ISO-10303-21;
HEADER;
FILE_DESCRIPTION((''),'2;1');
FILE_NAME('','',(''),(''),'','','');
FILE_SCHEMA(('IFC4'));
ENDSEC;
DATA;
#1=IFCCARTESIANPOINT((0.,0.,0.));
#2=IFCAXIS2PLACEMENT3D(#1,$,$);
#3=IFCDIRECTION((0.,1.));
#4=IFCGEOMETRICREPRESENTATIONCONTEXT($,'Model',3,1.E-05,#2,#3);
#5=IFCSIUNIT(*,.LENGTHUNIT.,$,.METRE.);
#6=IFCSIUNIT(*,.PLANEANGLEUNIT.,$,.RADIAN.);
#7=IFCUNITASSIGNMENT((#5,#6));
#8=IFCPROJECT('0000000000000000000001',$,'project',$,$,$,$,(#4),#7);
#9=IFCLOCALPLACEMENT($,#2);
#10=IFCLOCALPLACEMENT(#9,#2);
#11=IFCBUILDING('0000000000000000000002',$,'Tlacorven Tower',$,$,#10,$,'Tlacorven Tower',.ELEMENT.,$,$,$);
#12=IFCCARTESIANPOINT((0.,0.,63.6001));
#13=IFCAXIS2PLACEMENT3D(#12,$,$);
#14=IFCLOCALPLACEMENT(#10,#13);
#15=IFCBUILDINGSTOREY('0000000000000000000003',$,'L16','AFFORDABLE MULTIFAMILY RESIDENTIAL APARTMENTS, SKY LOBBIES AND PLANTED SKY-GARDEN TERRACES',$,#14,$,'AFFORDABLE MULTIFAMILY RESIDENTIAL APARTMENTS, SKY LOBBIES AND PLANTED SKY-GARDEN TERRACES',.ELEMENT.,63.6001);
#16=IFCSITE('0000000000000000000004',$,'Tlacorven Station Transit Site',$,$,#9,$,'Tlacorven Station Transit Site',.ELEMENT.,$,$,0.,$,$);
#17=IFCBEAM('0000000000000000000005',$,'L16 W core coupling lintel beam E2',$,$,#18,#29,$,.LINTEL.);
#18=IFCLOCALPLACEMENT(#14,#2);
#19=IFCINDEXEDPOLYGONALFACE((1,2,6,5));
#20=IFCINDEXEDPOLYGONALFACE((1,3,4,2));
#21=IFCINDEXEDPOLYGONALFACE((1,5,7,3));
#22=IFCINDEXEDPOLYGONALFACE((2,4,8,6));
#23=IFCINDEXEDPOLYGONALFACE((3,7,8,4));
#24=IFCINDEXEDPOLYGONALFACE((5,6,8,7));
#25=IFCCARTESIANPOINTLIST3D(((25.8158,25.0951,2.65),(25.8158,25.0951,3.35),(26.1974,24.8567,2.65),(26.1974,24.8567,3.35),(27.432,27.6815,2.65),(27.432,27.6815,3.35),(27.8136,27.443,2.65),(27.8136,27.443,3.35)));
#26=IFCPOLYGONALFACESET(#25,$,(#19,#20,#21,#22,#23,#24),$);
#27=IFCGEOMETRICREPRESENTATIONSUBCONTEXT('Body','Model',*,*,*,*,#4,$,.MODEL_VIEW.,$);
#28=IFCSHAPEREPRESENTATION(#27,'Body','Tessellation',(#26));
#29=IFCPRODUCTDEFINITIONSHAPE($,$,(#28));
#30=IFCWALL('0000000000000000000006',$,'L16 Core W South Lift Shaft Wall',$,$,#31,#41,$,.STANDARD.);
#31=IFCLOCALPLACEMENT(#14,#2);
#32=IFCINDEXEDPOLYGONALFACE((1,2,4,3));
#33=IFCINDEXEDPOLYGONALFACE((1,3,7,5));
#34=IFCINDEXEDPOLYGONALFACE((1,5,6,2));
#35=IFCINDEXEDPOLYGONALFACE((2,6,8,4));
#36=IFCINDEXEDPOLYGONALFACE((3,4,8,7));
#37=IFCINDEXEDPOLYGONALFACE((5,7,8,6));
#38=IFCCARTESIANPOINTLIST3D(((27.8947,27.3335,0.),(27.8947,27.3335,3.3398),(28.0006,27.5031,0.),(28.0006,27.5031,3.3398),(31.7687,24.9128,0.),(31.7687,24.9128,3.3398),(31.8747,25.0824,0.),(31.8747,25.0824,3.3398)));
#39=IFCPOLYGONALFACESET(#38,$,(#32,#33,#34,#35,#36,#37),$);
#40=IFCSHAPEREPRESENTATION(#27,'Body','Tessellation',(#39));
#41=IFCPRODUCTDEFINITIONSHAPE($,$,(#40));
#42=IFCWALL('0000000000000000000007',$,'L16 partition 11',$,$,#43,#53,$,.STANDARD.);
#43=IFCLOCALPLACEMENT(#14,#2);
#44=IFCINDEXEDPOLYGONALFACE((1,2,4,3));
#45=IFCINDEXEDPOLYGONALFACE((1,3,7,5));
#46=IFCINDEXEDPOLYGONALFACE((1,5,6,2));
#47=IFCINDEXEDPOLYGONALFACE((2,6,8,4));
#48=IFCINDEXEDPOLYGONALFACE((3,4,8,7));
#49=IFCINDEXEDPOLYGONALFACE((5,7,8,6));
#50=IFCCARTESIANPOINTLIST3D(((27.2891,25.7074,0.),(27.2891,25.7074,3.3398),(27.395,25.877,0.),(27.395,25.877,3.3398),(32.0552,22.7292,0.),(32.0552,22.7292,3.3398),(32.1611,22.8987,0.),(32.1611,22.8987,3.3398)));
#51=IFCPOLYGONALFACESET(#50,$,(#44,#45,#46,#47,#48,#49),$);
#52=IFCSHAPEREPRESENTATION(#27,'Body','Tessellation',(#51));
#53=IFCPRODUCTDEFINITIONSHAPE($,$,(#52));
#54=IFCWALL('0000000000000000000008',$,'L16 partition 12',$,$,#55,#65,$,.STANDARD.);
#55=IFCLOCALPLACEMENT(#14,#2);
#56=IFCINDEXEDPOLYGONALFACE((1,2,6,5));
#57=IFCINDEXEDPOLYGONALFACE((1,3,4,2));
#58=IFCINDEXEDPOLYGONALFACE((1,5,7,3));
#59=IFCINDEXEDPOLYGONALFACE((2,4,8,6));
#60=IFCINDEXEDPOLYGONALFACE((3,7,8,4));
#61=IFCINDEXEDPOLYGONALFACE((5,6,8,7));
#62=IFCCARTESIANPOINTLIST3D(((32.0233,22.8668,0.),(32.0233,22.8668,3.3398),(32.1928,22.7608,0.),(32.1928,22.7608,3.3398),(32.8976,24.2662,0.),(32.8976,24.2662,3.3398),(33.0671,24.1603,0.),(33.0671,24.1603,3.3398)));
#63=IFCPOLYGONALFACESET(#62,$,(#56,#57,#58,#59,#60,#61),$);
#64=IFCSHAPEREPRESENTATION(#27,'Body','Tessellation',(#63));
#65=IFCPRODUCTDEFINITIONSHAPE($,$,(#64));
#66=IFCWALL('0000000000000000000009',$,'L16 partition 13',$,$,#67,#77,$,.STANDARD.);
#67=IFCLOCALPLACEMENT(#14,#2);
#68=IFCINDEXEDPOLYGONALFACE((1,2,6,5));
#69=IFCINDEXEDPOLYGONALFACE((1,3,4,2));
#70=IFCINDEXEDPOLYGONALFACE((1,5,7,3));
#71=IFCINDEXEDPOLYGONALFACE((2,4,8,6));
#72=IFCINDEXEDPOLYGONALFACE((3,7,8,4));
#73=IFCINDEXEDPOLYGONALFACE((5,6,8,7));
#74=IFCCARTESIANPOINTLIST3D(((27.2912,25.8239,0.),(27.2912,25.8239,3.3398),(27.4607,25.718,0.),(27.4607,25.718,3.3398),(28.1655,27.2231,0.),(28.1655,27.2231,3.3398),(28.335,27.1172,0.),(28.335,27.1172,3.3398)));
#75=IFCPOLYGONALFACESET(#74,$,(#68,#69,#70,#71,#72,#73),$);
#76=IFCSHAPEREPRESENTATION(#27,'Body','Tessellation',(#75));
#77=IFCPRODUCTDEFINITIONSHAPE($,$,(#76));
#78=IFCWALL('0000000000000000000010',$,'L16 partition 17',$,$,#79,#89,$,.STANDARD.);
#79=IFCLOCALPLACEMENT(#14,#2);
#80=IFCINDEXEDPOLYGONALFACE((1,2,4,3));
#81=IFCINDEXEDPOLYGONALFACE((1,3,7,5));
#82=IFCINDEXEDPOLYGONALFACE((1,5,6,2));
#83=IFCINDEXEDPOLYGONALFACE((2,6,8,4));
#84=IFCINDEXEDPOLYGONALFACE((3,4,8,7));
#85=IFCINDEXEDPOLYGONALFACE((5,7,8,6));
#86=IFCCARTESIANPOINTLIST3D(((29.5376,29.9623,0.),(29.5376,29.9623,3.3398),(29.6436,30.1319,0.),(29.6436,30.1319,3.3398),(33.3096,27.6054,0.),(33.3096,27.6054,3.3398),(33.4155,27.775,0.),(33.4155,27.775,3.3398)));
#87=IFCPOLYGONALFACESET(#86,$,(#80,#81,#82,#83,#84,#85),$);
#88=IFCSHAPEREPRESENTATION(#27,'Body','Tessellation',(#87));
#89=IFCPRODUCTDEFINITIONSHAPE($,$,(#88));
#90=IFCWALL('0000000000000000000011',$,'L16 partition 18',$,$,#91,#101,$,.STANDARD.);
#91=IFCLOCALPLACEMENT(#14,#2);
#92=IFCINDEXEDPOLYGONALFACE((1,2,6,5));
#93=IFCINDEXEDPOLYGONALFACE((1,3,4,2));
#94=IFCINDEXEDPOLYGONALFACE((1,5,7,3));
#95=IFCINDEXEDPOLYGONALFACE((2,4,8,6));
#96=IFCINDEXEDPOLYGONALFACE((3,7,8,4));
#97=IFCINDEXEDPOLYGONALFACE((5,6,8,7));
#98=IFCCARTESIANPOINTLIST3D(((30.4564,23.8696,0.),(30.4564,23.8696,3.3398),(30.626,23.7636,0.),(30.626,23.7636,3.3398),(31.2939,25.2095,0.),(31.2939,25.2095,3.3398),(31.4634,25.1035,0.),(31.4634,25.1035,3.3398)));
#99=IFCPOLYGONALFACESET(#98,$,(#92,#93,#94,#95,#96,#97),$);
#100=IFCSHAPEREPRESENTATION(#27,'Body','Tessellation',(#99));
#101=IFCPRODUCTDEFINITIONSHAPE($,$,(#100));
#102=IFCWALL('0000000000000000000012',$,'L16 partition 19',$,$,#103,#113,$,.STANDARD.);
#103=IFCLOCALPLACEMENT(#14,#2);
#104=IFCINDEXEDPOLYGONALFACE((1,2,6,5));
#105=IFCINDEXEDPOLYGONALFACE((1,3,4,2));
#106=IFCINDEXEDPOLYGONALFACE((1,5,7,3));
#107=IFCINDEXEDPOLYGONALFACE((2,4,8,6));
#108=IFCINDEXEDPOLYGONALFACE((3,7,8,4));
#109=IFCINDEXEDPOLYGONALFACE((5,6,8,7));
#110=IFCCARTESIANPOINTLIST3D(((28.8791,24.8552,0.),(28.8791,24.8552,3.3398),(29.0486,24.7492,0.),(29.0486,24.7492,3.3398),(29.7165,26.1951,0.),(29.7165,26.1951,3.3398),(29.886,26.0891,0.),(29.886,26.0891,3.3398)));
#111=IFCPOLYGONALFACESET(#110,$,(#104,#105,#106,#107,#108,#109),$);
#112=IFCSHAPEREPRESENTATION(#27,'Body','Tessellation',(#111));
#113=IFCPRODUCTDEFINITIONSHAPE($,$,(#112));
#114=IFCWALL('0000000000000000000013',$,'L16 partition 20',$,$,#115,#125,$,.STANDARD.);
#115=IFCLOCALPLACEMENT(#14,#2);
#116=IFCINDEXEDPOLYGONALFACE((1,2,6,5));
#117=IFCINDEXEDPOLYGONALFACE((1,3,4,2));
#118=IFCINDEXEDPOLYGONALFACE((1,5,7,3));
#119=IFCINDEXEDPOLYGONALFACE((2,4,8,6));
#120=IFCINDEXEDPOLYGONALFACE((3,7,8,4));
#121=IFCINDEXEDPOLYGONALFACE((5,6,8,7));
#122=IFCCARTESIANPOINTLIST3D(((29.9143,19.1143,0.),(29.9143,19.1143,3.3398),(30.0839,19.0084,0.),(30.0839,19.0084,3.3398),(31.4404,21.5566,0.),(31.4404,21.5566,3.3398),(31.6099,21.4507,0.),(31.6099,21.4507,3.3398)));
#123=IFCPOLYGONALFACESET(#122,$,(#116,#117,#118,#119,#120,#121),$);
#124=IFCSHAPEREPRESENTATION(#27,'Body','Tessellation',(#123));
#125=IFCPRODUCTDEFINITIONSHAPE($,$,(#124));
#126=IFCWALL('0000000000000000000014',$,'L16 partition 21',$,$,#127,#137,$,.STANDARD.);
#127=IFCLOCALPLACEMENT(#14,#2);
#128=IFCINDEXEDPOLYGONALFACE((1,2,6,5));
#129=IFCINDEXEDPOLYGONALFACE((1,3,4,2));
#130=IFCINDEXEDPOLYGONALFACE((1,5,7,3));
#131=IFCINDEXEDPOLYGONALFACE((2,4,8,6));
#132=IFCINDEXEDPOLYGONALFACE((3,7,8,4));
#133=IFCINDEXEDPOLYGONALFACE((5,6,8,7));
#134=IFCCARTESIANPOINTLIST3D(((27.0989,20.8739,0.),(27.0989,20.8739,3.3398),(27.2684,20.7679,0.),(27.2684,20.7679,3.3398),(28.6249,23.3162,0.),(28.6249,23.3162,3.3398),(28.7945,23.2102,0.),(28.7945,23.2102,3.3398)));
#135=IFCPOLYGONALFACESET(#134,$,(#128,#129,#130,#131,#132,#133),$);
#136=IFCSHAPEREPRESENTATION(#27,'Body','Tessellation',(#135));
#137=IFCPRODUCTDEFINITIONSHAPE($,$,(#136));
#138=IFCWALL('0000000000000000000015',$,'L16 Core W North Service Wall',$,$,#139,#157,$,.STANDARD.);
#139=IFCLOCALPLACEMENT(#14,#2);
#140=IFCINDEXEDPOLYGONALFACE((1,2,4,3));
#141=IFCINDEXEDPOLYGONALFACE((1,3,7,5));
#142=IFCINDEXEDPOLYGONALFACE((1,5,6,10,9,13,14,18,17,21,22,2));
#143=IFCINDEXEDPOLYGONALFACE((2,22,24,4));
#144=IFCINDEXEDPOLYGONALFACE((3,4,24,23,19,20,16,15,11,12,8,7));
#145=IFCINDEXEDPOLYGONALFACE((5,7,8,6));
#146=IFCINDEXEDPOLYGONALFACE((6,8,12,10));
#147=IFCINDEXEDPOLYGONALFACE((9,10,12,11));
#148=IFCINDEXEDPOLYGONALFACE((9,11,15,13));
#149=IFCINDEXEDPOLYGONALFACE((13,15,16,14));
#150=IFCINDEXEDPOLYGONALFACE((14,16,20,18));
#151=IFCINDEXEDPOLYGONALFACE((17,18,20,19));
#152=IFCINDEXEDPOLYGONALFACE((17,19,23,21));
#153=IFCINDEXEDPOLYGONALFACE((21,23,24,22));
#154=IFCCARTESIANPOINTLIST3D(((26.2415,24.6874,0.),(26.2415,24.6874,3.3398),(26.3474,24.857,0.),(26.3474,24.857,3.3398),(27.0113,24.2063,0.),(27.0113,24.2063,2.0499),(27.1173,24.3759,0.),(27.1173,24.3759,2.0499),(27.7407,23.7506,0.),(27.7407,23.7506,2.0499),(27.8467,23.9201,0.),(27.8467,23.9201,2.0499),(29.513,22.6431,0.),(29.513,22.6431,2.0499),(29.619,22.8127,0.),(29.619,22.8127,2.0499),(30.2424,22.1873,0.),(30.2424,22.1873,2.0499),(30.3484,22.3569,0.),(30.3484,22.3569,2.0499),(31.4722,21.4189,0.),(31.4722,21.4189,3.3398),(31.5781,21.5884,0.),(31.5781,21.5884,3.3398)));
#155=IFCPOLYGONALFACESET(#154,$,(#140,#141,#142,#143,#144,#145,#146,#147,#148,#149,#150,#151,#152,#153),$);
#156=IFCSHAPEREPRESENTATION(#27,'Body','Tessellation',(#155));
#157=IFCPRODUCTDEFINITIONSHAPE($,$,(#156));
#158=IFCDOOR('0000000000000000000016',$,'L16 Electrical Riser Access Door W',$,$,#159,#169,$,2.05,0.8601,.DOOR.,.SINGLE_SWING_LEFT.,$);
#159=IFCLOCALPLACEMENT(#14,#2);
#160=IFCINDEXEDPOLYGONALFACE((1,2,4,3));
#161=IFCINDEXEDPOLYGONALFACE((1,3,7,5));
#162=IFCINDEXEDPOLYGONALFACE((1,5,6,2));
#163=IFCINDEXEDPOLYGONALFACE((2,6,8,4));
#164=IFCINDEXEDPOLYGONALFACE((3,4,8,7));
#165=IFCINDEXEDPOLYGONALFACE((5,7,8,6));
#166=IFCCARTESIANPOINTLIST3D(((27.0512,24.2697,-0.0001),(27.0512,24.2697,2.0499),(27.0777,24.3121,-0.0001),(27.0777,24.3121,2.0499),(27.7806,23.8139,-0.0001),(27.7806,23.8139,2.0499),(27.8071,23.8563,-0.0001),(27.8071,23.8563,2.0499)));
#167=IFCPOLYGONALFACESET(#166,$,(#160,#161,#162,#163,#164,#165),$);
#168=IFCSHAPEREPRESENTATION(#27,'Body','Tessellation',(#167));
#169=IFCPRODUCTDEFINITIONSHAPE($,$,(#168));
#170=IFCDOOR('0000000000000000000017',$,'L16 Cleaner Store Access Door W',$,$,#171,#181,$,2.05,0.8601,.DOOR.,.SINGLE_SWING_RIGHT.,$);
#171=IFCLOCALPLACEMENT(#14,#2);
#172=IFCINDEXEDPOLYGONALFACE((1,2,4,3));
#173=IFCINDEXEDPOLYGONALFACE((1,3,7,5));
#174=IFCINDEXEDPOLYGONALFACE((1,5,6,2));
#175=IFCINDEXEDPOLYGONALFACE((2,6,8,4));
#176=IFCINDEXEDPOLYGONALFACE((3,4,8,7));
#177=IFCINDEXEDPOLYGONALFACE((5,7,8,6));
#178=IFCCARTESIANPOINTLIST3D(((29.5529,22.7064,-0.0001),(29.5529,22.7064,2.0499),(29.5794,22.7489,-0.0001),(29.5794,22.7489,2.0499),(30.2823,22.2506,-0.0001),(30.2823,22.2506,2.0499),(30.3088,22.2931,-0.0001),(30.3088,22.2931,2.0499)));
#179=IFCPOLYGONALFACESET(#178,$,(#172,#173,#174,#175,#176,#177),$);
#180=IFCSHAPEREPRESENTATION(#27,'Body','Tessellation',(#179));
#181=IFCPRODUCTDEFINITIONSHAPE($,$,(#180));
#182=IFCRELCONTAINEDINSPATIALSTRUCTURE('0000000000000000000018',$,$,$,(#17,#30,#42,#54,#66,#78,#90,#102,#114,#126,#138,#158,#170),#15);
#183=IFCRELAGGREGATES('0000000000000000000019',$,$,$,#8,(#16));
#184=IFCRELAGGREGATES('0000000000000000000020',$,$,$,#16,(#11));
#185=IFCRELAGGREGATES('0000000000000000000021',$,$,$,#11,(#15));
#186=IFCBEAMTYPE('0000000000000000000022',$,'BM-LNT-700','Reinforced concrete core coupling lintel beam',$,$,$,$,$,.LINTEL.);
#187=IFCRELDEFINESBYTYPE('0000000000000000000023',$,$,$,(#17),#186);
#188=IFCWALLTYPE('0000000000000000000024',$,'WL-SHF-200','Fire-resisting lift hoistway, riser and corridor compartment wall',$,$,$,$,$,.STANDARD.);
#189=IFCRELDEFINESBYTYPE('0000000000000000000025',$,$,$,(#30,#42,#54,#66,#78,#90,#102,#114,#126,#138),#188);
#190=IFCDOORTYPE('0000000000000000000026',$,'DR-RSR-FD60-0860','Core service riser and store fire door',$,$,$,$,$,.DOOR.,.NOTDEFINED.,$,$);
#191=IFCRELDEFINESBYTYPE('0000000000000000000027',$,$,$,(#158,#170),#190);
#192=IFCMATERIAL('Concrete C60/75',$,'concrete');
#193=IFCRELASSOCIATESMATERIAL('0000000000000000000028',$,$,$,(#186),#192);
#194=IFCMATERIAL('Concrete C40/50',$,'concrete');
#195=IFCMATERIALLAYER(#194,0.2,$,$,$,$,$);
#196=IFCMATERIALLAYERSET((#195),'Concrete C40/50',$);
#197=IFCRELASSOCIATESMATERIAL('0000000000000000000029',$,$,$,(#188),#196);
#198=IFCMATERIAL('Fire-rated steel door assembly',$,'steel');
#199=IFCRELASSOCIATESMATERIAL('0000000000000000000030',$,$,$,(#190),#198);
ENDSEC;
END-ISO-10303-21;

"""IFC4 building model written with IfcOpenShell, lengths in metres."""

from ifc_helpers import new_model, si_unit, direction, frame, frame_2d, origin, origin_2d, place, context, subcontext, project, spatial, rectangle, extrude, source, transform, mapped, material, layer, layer_set, material_profile, profile_set, type_object, element, fill, save


model = new_model("IFC4")

# Units and contexts
model_context = context("Model", 3, precision=1e-05, world=origin(), true_north=direction((0.0, 1.0)))
body_context = subcontext(model_context, "Body", "Model", "MODEL_VIEW")
ifc_project = project(units=[si_unit("LENGTHUNIT", "METRE"), si_unit("PLANEANGLEUNIT", "RADIAN")], contexts=[model_context])

# Site, building, storey
site_placement = place(None, origin())
site = spatial("IfcSite", under=ifc_project, at=site_placement, Name="Tlacorven Station Transit Site", LongName="Tlacorven Station Transit Site", CompositionType="ELEMENT", RefElevation=0.0)
building_placement = place(site_placement, origin())
building = spatial("IfcBuilding", under=site, at=building_placement, Name="Tlacorven Tower", LongName="Tlacorven Tower", CompositionType="ELEMENT")
storey_placement = place(building_placement, frame((0.0, 0.0, 63.6001)))
storey = spatial("IfcBuildingStorey", under=building, at=storey_placement, Name="L16", Description="AFFORDABLE MULTIFAMILY RESIDENTIAL APARTMENTS, SKY LOBBIES AND PLANTED SKY-GARDEN TERRACES", LongName="AFFORDABLE MULTIFAMILY RESIDENTIAL APARTMENTS, SKY LOBBIES AND PLANTED SKY-GARDEN TERRACES", CompositionType="ELEMENT", Elevation=63.6001)

# Beam
ifc_material_1 = material(Name="Concrete C60/75", Category="concrete")
ifc_material_profile = material_profile(ifc_material_1, rectangle(XDim=0.45, YDim=0.7, at=origin_2d()), Name="RC 450X700")
ifc_profile_set = profile_set([ifc_material_profile], Name="Concrete C60/75")
beam_type = type_object("IfcBeamType", Name="BM-LNT-700", Description="Reinforced concrete core coupling lintel beam", PredefinedType="LINTEL", material=ifc_profile_set)
shared_shape_1 = source(origin(), body_context, "Body", "SweptSolid", [
    extrude(rectangle(XDim=0.45, YDim=0.7, at=origin_2d()), origin(), (0.0, 0.0, 1.0), 3.0498),
])
beam_placement = place(storey_placement, frame((27.6228, 27.5623, 3.0), z_axis=(-0.529927, -0.848043, 0.0), x_axis=(0.848043, -0.529927, 0.0)))
element("IfcBeam", 1, at=beam_placement, inside=storey, type_object=beam_type, Name="L16 W core coupling lintel beam E2", PredefinedType="LINTEL", context=body_context, shape_type="MappedRepresentation", body=[
    mapped(shared_shape_1, transform((0.0, 0.0, 0.0), scale=1.0)),
])

# Walls
ifc_material_2 = material(Name="Concrete C40/50", Category="concrete")
ifc_layer = layer(ifc_material_2, 0.2)
ifc_layer_set = layer_set([ifc_layer], Name="Concrete C40/50")
wall_type = type_object("IfcWallType", Name="WL-SHF-200", Description="Fire-resisting lift hoistway, riser and corridor compartment wall", PredefinedType="STANDARD", material=ifc_layer_set)
wall_1_placement = place(storey_placement, frame((31.8218, 24.9976, 0.0), z_axis=(0.0, 0.0, 1.0), x_axis=(-0.848058, 0.529903, 0.0)))
element("IfcWall", 2, at=wall_1_placement, inside=storey, type_object=wall_type, Name="L16 Core W South Lift Shaft Wall", PredefinedType="STANDARD", context=body_context, shape_type="SweptSolid", body=[
    extrude(rectangle(XDim=4.5681, YDim=0.2, at=frame_2d((2.2842, 0.0))), origin(), (0.0, 0.0, 1.0), 3.3398),
])
wall_2_placement = place(storey_placement, frame((32.1082, 22.814, 0.0), z_axis=(0.0, 0.0, 1.0), x_axis=(-0.848042, 0.529929, 0.0)))
element("IfcWall", 3, at=wall_2_placement, inside=storey, type_object=wall_type, Name="L16 partition 11", PredefinedType="STANDARD", context=body_context, shape_type="SweptSolid", body=[
    extrude(rectangle(XDim=5.6201, YDim=0.2, at=frame_2d((2.8101, 0.0))), origin(), (0.0, 0.0, 1.0), 3.3398),
])
wall_3_placement = place(storey_placement, frame((32.9824, 24.2134, 0.0), z_axis=(0.0, 0.0, 1.0), x_axis=(-0.529839, -0.848098, 0.0)))
element("IfcWall", 4, at=wall_3_placement, inside=storey, type_object=wall_type, Name="L16 partition 12", PredefinedType="STANDARD", context=body_context, shape_type="SweptSolid", body=[
    extrude(rectangle(XDim=1.6501, YDim=0.2, at=frame_2d((0.8252, 0.0))), origin(), (0.0, 0.0, 1.0), 3.3398),
])
wall_4_placement = place(storey_placement, frame((28.2502, 27.1702, 0.0), z_axis=(0.0, 0.0, 1.0), x_axis=(-0.529906, -0.848056, 0.0)))
element("IfcWall", 5, at=wall_4_placement, inside=storey, type_object=wall_type, Name="L16 partition 13", PredefinedType="STANDARD", context=body_context, shape_type="SweptSolid", body=[
    extrude(rectangle(XDim=1.6499, YDim=0.2, at=frame_2d((0.825, 0.0))), origin(), (0.0, 0.0, 1.0), 3.3398),
])
wall_5_placement = place(storey_placement, frame((33.3625, 27.6902, 0.0), z_axis=(0.0, 0.0, 1.0), x_axis=(-0.848054, 0.52991, 0.0)))
element("IfcWall", 6, at=wall_5_placement, inside=storey, type_object=wall_type, Name="L16 partition 17", PredefinedType="STANDARD", context=body_context, shape_type="SweptSolid", body=[
    extrude(rectangle(XDim=4.4478, YDim=0.2, at=frame_2d((2.2239, 0.0))), origin(), (0.0, 0.0, 1.0), 3.3398),
])
for number, where, z_axis, x_axis, name in (
    (7, (31.3787, 25.1565, 0.0), (0.0, 0.0, 1.0), (-0.529999, -0.847998, 0.0), "L16 partition 18"),
    (8, (29.8013, 26.1421, 0.0), (0.0, 0.0, 1.0), (-0.529999, -0.847998, 0.0), "L16 partition 19"),
):
    element("IfcWall", number, at=place(storey_placement, frame(where, z_axis=z_axis, x_axis=x_axis)), inside=storey, type_object=wall_type, Name=name, PredefinedType="STANDARD", context=body_context, shape_type="SweptSolid", body=[
        extrude(rectangle(XDim=1.5801, YDim=0.2, at=frame_2d((0.79, 0.0))), origin(), (0.0, 0.0, 1.0), 3.3398),
    ])
for number, where, z_axis, x_axis, name in (
    (9, (31.5251, 21.5037, 0.0), (0.0, 0.0, 1.0), (-0.529907, -0.848055, 0.0), "L16 partition 20"),
    (10, (28.7097, 23.2632, 0.0), (0.0, 0.0, 1.0), (-0.529907, -0.848055, 0.0), "L16 partition 21"),
):
    element("IfcWall", number, at=place(storey_placement, frame(where, z_axis=z_axis, x_axis=x_axis)), inside=storey, type_object=wall_type, Name=name, PredefinedType="STANDARD", context=body_context, shape_type="SweptSolid", body=[
        extrude(rectangle(XDim=2.8799, YDim=0.2, at=frame_2d((1.4399, 0.0))), origin(), (0.0, 0.0, 1.0), 3.3398),
    ])

# Wall, openings, doors
wall_6_placement = place(storey_placement, frame((31.5251, 21.5037, 0.0), z_axis=(0.0, 0.0, 1.0), x_axis=(-0.848045, 0.529924, 0.0)))
wall_6 = element("IfcWall", 11, at=wall_6_placement, inside=storey, type_object=wall_type, Name="L16 Core W North Service Wall", PredefinedType="STANDARD", context=body_context, shape_type="SweptSolid", body=[
    extrude(rectangle(XDim=6.168, YDim=0.2, at=frame_2d((3.084, 0.0))), origin(), (0.0, 0.0, 1.0), 3.3398),
])
opening_1_placement = place(wall_6_placement, frame((4.3999, 0.0, 0.0)))
opening_1 = element("IfcOpeningElement", 12, at=opening_1_placement, cuts=wall_6, PredefinedType="OPENING", context=body_context, shape_type="SweptSolid", body=[
    extrude(rectangle(XDim=0.8601, YDim=2.05, at=frame_2d((0.4302, 1.0249))), frame((0.0, 0.1099, 0.0), z_axis=(0.0, -1.0, 0.0), x_axis=(1.0, 0.0, 0.0)), (0.0, 0.0, 1.0), 0.22),
])
opening_2_placement = place(wall_6_placement, frame((1.45, 0.0, 0.0)))
opening_2 = element("IfcOpeningElement", 13, at=opening_2_placement, cuts=wall_6, PredefinedType="OPENING", context=body_context, shape_type="SweptSolid", body=[
    extrude(rectangle(XDim=0.8601, YDim=2.05, at=frame_2d((0.4302, 1.0249))), frame((0.0, 0.1099, 0.0), z_axis=(0.0, -1.0, 0.0), x_axis=(1.0, 0.0, 0.0)), (0.0, 0.0, 1.0), 0.22),
])
ifc_material_3 = material(Name="Fire-rated steel door assembly", Category="steel")
door_type = type_object("IfcDoorType", Name="DR-RSR-FD60-0860", Description="Core service riser and store fire door", OperationType="NOTDEFINED", PredefinedType="DOOR", material=ifc_material_3)
shared_shape_2 = source(origin(), body_context, "Body", "SweptSolid", [
    extrude(rectangle(XDim=0.8601, YDim=2.05, at=frame_2d((0.4302, 1.0249))), frame((0.0, 0.0249, 0.0), z_axis=(0.0, -1.0, 0.0), x_axis=(1.0, 0.0, 0.0)), (0.0, 0.0, 1.0), 0.05),
])
door_1_placement = place(opening_1_placement, frame((0.8601, 0.0, 0.0), z_axis=(0.0, 0.0, 1.0), x_axis=(-1.0, 0.0, 0.0)))
door_1 = element("IfcDoor", 14, at=door_1_placement, inside=storey, type_object=door_type, Name="L16 Electrical Riser Access Door W", OperationType="SINGLE_SWING_LEFT", OverallHeight=2.05, OverallWidth=0.8601, PredefinedType="DOOR", context=body_context, shape_type="MappedRepresentation", body=[
    mapped(shared_shape_2, transform((0.0, 0.0, 0.0), scale=1.0)),
])
fill(opening_1, door_1)
door_2_placement = place(opening_2_placement, frame((0.8601, 0.0, 0.0), z_axis=(0.0, 0.0, 1.0), x_axis=(-1.0, 0.0, 0.0)))
door_2 = element("IfcDoor", 15, at=door_2_placement, inside=storey, type_object=door_type, Name="L16 Cleaner Store Access Door W", OperationType="SINGLE_SWING_RIGHT", OverallHeight=2.05, OverallWidth=0.8601, PredefinedType="DOOR", context=body_context, shape_type="MappedRepresentation", body=[
    mapped(shared_shape_2, transform((0.0, 0.0, 0.0), scale=1.0)),
])
fill(opening_2, door_2)

save(model, "model.ifc")
